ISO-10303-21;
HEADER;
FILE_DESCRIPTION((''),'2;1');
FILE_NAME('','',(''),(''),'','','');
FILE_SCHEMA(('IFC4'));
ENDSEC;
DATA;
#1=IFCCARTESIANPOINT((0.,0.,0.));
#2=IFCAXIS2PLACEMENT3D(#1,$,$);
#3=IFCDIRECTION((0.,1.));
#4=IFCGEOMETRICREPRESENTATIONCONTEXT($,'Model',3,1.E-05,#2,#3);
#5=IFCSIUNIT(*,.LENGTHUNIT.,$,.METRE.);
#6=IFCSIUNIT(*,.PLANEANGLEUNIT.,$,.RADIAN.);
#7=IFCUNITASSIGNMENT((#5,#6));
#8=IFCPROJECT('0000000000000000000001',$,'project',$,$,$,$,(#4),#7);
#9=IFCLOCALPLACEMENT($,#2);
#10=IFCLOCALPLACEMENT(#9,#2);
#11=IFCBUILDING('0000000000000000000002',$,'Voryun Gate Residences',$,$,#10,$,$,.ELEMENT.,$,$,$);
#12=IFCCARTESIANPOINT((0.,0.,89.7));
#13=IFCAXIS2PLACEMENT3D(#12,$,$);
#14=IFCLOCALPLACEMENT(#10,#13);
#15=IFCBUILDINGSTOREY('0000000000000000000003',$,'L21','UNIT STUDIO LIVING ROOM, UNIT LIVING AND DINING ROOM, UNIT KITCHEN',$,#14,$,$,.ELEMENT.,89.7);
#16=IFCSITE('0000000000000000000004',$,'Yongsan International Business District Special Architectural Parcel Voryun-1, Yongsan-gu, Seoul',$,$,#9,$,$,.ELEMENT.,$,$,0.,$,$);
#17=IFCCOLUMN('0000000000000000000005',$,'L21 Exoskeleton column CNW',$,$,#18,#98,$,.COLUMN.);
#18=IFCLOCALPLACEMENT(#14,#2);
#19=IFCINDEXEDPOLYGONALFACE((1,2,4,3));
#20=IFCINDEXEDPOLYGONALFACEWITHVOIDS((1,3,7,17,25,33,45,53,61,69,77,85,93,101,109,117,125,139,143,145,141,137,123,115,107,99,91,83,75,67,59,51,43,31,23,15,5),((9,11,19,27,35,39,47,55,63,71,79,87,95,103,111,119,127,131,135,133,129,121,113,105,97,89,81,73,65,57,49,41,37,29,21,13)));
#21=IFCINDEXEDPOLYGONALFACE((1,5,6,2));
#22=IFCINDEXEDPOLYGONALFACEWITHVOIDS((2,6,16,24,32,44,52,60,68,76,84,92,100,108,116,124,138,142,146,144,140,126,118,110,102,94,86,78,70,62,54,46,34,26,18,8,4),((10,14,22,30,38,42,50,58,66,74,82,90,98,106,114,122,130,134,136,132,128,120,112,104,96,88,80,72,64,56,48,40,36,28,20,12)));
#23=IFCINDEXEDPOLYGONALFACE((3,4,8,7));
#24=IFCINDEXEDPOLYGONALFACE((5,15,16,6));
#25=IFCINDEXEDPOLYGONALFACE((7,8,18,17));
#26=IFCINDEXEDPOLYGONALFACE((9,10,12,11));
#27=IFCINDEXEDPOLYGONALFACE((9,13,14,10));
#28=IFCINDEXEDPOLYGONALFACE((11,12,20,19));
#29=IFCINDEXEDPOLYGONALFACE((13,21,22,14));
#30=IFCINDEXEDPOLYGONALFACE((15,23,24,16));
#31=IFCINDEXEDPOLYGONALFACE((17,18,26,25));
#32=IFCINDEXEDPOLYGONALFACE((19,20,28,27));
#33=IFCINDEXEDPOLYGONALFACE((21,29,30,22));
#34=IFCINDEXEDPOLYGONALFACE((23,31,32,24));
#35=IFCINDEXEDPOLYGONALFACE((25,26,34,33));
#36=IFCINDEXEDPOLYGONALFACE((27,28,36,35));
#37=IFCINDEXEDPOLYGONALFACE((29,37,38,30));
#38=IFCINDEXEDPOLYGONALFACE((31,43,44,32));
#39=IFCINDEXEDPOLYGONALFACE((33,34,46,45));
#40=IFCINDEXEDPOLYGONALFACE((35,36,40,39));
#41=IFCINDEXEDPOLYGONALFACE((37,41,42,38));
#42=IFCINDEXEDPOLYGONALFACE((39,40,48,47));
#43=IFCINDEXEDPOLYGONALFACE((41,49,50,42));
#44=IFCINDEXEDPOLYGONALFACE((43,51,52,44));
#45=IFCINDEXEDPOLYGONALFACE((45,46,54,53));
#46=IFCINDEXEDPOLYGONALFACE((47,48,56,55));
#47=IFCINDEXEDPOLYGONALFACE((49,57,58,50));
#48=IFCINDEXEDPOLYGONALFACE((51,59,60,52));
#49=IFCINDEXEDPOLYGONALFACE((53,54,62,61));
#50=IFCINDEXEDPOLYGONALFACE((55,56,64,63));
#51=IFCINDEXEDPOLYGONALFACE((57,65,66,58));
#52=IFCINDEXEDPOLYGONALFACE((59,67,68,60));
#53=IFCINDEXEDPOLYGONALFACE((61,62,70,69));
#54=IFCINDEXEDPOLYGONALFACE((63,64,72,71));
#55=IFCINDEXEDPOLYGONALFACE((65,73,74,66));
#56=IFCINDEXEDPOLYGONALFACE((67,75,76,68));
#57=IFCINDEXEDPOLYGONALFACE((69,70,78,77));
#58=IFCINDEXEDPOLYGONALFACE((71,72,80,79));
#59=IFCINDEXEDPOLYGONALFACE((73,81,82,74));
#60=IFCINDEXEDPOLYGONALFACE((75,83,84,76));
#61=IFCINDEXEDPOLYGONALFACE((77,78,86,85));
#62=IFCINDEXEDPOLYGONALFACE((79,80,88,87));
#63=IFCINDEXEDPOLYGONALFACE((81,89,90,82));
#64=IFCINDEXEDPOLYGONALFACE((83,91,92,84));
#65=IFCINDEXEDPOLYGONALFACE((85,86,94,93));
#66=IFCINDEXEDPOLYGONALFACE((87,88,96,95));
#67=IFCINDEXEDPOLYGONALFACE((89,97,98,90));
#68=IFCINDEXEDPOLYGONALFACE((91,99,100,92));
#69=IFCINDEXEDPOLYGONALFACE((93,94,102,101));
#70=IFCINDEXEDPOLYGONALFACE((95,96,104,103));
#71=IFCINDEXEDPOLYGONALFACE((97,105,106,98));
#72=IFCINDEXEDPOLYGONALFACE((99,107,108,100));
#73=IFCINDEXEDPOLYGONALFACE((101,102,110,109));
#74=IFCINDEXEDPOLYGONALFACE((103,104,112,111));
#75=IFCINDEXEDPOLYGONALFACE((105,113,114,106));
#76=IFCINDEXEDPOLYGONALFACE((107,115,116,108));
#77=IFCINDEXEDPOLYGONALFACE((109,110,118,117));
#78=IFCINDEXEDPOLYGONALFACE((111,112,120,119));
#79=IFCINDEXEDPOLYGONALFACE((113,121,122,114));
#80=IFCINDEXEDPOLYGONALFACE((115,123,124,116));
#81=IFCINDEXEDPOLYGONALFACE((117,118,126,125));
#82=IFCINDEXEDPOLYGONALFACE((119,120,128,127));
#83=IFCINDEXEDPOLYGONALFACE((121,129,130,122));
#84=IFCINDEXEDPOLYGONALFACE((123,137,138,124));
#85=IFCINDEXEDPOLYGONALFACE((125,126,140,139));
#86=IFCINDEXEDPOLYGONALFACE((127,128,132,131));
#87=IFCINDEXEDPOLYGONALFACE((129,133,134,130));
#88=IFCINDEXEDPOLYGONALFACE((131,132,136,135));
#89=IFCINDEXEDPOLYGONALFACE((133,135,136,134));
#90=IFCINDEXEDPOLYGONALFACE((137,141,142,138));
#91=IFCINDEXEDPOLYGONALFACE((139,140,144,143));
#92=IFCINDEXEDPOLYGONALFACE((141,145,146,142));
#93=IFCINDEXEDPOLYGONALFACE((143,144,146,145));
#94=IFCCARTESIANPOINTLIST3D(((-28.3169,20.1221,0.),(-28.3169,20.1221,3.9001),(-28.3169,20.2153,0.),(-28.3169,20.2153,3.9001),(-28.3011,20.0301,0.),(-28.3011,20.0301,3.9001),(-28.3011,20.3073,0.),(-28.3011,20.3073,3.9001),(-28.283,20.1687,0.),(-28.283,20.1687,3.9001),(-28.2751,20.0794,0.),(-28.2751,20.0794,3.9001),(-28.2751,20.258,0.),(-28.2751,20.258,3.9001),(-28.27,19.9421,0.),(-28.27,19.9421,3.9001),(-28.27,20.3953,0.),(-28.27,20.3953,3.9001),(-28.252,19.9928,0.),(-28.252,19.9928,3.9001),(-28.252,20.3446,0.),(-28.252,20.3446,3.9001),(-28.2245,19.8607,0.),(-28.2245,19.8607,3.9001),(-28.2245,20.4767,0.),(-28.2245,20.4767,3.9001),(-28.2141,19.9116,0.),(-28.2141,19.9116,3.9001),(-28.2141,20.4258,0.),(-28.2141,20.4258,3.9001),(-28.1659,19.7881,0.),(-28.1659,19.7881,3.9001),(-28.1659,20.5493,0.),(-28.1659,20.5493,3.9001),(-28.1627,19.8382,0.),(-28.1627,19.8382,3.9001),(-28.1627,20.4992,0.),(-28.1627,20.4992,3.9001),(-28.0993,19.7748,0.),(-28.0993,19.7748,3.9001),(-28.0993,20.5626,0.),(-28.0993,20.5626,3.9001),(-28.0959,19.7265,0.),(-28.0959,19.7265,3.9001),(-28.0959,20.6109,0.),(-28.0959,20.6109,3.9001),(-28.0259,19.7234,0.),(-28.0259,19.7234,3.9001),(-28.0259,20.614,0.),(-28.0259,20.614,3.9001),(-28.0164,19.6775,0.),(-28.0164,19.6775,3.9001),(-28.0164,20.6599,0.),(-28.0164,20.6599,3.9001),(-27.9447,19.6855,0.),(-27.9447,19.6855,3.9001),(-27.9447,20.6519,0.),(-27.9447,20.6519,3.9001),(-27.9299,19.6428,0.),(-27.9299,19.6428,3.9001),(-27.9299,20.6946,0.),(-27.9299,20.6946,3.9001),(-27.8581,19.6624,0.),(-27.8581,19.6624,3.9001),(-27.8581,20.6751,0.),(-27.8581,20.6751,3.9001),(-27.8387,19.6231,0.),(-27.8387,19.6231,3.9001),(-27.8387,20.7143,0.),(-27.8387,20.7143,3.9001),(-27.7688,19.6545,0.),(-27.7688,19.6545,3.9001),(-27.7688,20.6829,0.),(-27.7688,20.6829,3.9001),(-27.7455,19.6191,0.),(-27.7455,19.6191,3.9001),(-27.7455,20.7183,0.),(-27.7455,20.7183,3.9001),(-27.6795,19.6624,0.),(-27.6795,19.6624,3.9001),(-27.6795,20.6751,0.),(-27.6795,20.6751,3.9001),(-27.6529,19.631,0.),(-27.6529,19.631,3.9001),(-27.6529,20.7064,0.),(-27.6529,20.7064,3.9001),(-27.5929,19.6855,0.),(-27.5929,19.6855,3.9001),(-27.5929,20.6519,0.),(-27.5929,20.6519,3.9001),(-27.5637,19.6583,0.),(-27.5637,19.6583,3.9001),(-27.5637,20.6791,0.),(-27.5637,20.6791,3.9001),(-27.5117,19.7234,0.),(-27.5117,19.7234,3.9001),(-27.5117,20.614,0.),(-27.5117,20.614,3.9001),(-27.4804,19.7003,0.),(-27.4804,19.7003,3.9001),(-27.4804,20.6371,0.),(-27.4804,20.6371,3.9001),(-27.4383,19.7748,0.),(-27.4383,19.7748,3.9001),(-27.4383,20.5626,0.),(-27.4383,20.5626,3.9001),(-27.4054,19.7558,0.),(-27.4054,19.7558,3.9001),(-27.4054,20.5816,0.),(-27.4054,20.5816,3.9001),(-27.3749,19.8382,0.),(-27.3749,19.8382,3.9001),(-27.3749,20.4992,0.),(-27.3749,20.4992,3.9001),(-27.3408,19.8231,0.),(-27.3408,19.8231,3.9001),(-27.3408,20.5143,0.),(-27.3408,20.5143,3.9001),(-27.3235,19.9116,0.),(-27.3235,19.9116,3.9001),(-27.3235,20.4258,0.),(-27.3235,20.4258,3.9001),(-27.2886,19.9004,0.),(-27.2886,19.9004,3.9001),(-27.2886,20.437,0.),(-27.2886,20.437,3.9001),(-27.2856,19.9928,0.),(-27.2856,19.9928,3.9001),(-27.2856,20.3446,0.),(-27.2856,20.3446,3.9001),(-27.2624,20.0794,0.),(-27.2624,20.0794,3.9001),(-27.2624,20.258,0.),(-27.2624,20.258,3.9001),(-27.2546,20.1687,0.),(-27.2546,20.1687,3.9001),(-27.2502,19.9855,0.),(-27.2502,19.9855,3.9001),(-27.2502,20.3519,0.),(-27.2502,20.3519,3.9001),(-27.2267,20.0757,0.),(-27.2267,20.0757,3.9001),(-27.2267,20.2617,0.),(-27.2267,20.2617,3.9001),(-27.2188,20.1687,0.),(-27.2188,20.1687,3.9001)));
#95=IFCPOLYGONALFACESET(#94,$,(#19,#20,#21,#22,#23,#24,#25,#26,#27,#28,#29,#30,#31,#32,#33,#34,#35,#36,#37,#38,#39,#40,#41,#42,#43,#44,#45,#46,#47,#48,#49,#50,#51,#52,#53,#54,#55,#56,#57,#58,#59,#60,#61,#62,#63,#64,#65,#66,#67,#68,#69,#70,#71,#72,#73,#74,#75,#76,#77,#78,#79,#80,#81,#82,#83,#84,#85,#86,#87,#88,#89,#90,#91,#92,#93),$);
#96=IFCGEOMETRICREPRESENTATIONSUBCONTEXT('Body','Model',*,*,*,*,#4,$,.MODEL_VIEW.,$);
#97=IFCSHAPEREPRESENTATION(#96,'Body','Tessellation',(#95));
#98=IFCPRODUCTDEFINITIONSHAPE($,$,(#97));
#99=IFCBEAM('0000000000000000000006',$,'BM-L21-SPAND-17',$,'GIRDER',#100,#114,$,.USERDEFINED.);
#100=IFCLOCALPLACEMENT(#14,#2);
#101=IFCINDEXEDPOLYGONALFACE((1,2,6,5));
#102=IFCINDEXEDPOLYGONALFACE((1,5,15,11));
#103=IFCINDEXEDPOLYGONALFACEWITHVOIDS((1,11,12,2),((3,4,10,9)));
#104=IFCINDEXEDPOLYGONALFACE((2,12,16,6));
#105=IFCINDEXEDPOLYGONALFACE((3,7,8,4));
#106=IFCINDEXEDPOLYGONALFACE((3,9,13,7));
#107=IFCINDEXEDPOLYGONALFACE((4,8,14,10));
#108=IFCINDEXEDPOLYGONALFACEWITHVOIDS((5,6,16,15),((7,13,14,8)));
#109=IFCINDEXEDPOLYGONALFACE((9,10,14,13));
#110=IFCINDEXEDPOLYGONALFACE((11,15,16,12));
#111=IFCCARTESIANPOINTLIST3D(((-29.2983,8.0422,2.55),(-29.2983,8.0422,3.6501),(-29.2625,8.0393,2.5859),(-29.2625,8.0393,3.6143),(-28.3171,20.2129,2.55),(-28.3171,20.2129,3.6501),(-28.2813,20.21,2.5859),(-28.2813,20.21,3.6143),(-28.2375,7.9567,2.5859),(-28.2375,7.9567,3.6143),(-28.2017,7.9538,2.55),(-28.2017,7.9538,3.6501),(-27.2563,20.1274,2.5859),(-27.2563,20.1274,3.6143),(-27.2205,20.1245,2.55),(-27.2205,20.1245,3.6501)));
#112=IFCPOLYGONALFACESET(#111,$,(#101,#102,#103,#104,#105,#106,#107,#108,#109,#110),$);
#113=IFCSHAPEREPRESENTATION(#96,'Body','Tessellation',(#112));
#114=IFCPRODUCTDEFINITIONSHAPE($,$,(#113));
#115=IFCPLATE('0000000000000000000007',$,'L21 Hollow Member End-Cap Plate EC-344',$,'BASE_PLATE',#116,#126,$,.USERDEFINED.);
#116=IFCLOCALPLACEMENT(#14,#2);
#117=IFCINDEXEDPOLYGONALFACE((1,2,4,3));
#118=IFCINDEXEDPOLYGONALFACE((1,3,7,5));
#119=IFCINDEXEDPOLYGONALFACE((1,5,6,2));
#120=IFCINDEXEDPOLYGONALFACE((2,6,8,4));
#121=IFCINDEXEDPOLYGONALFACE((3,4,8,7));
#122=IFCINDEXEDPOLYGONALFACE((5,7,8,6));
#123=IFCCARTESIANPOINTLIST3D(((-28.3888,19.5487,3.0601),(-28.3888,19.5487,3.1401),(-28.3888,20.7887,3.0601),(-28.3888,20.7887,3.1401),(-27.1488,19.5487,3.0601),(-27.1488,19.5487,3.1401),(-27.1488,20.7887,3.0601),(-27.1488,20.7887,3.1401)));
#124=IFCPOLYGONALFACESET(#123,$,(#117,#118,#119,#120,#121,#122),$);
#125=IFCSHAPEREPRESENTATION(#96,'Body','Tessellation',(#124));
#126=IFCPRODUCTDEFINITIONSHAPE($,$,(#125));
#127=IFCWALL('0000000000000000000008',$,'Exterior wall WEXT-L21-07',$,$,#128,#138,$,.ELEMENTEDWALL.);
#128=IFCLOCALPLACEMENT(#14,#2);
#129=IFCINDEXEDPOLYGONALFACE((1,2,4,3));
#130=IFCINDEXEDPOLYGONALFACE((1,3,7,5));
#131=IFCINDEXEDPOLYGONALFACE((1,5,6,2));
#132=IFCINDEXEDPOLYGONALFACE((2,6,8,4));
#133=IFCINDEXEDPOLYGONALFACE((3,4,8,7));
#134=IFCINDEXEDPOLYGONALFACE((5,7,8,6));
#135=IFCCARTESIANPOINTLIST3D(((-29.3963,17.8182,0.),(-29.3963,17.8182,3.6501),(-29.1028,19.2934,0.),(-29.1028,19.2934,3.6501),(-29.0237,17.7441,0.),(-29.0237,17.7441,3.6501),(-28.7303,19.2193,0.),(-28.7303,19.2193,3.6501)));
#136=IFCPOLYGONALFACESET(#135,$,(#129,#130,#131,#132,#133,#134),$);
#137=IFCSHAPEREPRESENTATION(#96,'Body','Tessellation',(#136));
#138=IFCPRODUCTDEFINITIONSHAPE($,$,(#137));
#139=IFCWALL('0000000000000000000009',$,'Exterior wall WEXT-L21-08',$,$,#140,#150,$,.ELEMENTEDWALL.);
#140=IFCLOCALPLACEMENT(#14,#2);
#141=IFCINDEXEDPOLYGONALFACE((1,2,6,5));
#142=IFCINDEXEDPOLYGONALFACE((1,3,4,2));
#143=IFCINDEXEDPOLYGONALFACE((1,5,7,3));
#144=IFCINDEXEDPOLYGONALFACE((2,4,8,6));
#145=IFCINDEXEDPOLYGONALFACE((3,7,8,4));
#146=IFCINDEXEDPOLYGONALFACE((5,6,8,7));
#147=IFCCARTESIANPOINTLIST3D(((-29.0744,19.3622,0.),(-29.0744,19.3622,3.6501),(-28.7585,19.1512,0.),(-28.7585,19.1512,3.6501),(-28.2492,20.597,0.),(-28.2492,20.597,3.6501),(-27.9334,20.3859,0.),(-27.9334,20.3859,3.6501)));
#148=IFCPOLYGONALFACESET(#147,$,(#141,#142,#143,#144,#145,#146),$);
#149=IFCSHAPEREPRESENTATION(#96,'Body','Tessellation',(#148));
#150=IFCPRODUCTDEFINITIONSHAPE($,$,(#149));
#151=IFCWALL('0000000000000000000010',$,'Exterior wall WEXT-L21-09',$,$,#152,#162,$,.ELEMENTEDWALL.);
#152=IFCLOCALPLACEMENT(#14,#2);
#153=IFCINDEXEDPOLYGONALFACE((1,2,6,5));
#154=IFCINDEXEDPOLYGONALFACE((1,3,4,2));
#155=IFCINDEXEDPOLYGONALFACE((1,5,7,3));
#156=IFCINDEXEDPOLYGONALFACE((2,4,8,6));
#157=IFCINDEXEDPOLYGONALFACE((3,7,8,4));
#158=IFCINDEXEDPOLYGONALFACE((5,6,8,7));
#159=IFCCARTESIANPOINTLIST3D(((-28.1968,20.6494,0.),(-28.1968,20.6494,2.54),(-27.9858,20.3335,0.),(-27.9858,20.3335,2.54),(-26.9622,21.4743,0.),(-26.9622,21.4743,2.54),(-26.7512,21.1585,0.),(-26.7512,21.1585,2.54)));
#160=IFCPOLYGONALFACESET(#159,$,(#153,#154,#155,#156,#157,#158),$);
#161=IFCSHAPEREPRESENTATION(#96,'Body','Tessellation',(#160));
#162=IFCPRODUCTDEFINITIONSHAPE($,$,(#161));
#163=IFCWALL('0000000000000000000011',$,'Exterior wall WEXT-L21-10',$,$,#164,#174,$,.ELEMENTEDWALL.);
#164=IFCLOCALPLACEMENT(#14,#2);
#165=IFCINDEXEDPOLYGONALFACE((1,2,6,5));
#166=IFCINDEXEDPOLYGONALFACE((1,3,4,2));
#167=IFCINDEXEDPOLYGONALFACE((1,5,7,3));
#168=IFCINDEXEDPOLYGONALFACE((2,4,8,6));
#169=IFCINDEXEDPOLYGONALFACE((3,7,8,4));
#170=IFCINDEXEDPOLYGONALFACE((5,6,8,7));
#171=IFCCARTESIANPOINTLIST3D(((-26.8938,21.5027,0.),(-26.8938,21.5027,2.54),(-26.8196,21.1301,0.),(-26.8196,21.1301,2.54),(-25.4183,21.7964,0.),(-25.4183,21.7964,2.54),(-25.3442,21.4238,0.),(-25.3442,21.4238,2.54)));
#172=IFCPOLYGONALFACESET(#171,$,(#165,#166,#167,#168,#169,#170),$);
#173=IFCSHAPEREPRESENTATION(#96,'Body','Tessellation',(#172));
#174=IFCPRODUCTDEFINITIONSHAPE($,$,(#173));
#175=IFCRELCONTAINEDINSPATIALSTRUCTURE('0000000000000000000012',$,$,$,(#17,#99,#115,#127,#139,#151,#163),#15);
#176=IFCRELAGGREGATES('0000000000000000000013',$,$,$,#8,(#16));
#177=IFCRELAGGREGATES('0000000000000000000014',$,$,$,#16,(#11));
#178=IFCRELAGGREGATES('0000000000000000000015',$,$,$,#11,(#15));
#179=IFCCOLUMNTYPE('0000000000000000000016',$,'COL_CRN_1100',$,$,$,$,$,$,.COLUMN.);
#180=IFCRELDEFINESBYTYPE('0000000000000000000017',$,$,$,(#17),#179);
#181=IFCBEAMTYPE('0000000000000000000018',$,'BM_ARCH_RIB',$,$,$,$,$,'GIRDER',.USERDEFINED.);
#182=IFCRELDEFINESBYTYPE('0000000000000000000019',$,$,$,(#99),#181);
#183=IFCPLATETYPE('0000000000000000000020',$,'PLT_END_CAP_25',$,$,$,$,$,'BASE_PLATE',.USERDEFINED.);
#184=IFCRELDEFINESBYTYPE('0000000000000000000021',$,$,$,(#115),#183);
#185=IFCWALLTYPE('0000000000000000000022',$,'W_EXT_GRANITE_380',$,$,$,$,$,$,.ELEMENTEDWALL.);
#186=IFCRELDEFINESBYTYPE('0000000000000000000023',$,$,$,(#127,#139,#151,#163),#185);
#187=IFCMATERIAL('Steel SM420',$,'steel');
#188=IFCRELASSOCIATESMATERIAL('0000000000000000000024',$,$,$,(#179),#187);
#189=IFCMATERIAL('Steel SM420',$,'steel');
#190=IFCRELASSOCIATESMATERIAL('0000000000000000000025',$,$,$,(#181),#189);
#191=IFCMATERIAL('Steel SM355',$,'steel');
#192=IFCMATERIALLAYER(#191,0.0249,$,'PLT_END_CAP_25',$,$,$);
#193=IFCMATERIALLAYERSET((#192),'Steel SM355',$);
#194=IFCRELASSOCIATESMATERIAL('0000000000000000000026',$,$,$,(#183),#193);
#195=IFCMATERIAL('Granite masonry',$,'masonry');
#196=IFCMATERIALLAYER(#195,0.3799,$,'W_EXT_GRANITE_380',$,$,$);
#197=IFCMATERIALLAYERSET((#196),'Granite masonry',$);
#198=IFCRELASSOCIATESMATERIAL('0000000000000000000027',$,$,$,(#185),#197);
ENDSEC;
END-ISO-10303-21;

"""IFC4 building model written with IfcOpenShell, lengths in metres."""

from ifc_helpers import new_model, si_unit, direction, frame, frame_2d, origin, origin_2d, place, context, subcontext, project, spatial, rectangle, hollow_rectangle, hollow_circle, extrude, material, layer, layer_set, material_profile, profile_set, type_object, element, save


model = new_model("IFC4")

# Units and contexts
model_context = context("Model", 3, precision=1e-05, world=origin(), true_north=direction((0.0, 1.0)))
body_context = subcontext(model_context, "Body", "Model", "MODEL_VIEW")
ifc_project = project(units=[si_unit("LENGTHUNIT", "METRE"), si_unit("PLANEANGLEUNIT", "RADIAN")], contexts=[model_context])

# Site, building, storey
site_placement = place(None, origin())
site = spatial("IfcSite", under=ifc_project, at=site_placement, Name="Yongsan International Business District Special Architectural Parcel Voryun-1, Yongsan-gu, Seoul", CompositionType="ELEMENT", RefElevation=0.0)
building_placement = place(site_placement, origin())
building = spatial("IfcBuilding", under=site, at=building_placement, Name="Voryun Gate Residences", CompositionType="ELEMENT")
storey_placement = place(building_placement, frame((0.0, 0.0, 89.7)))
storey = spatial("IfcBuildingStorey", under=building, at=storey_placement, Name="L21", Description="UNIT STUDIO LIVING ROOM, UNIT LIVING AND DINING ROOM, UNIT KITCHEN", CompositionType="ELEMENT", Elevation=89.7)

# Column
ifc_material_1 = material(Name="Steel SM420", Category="steel")
ifc_material_profile_1 = material_profile(ifc_material_1, hollow_circle(Radius=0.55, WallThickness=0.0359, at=origin_2d()), Name="CHS-1100x36")
ifc_profile_set_1 = profile_set([ifc_material_profile_1], Name="Steel SM420")
column_type = type_object("IfcColumnType", Name="COL_CRN_1100", PredefinedType="COLUMN", material=ifc_profile_set_1)
column_placement = place(storey_placement, frame((-27.7688, 20.1687, 0.0), z_axis=(0.0, 0.0, 1.0), x_axis=(1.0, 0.0, 0.0)))
element("IfcColumn", 1, at=column_placement, inside=storey, type_object=column_type, Name="L21 Exoskeleton column CNW", PredefinedType="COLUMN", context=body_context, shape_type="SweptSolid", body=[
    extrude(hollow_circle(Radius=0.55, WallThickness=0.0359, at=origin_2d()), origin(), (0.0, 0.0, 1.0), 3.9001),
])

# Beam
ifc_material_2 = material(Name="Steel SM420", Category="steel")
ifc_material_profile_2 = material_profile(ifc_material_2, hollow_rectangle(XDim=1.1001, YDim=1.1001, WallThickness=0.0359, at=origin_2d()), Name="BOX-1100x1100x36")
ifc_profile_set_2 = profile_set([ifc_material_profile_2], Name="Steel SM420")
beam_type = type_object("IfcBeamType", Name="BM_ARCH_RIB", ElementType="GIRDER", PredefinedType="USERDEFINED", material=ifc_profile_set_2)
beam_placement = place(storey_placement, frame((-27.7688, 20.1687, 3.1001), z_axis=(-0.08036, -0.996766, 0.0), x_axis=(0.996766, -0.08036, 0.0)))
element("IfcBeam", 2, at=beam_placement, inside=storey, type_object=beam_type, Name="BM-L21-SPAND-17", ObjectType="GIRDER", PredefinedType="USERDEFINED", context=body_context, shape_type="SweptSolid", body=[
    extrude(hollow_rectangle(XDim=1.1001, YDim=1.1001, WallThickness=0.0359, at=origin_2d()), origin(), (0.0, 0.0, 1.0), 12.2102),
])

# Plate
ifc_material_3 = material(Name="Steel SM355", Category="steel")
ifc_layer_1 = layer(ifc_material_3, 0.0249, Name="PLT_END_CAP_25")
ifc_layer_set_1 = layer_set([ifc_layer_1], Name="Steel SM355")
plate_type = type_object("IfcPlateType", Name="PLT_END_CAP_25", ElementType="BASE_PLATE", PredefinedType="USERDEFINED", material=ifc_layer_set_1)
plate_placement = place(storey_placement, frame((-27.7688, 20.1687, 3.0601), z_axis=(0.0, 0.0, 1.0), x_axis=(1.0, 0.0, 0.0)))
element("IfcPlate", 3, at=plate_placement, inside=storey, type_object=plate_type, Name="L21 Hollow Member End-Cap Plate EC-344", ObjectType="BASE_PLATE", PredefinedType="USERDEFINED", context=body_context, shape_type="SweptSolid", body=[
    extrude(rectangle(XDim=1.24, YDim=1.24, at=origin_2d()), origin(), (0.0, 0.0, 1.0), 0.0801),
])

# Walls
ifc_material_4 = material(Name="Granite masonry", Category="masonry")
ifc_layer_2 = layer(ifc_material_4, 0.3799, Name="W_EXT_GRANITE_380")
ifc_layer_set_2 = layer_set([ifc_layer_2], Name="Granite masonry")
wall_type_1 = type_object("IfcWallType", Name="W_EXT_GRANITE_380", PredefinedType="ELEMENTEDWALL", material=ifc_layer_set_2)
wall_1_placement = place(storey_placement, frame((-29.21, 17.7812, 0.0), z_axis=(0.0, 0.0, 1.0), x_axis=(0.195086, 0.980786, 0.0)))
element("IfcWall", 4, at=wall_1_placement, inside=storey, type_object=wall_type_1, Name="Exterior wall WEXT-L21-07", PredefinedType="ELEMENTEDWALL", context=body_context, shape_type="SweptSolid", body=[
    extrude(rectangle(XDim=1.5042, YDim=0.3799, at=frame_2d((0.752, 0.0))), origin(), (0.0, 0.0, 1.0), 3.6501),
])
wall_2_placement = place(storey_placement, frame((-28.9165, 19.2566, 0.0), z_axis=(0.0, 0.0, 1.0), x_axis=(0.55561, 0.831443, 0.0)))
element("IfcWall", 5, at=wall_2_placement, inside=storey, type_object=wall_type_1, Name="Exterior wall WEXT-L21-08", PredefinedType="ELEMENTEDWALL", context=body_context, shape_type="SweptSolid", body=[
    extrude(rectangle(XDim=1.4851, YDim=0.3799, at=frame_2d((0.7427, 0.0))), origin(), (0.0, 0.0, 1.0), 3.6501),
])
wall_3_placement = place(storey_placement, frame((-28.0913, 20.4915, 0.0), z_axis=(0.0, 0.0, 1.0), x_axis=(0.831468, 0.555573, 0.0)))
element("IfcWall", 6, at=wall_3_placement, inside=storey, type_object=wall_type_1, Name="Exterior wall WEXT-L21-09", PredefinedType="ELEMENTEDWALL", context=body_context, shape_type="SweptSolid", body=[
    extrude(rectangle(XDim=1.4849, YDim=0.3799, at=frame_2d((0.7424, 0.0))), origin(), (0.0, 0.0, 1.0), 2.54),
])
wall_4_placement = place(storey_placement, frame((-26.8567, 21.3164, 0.0), z_axis=(0.0, 0.0, 1.0), x_axis=(0.980755, 0.195242, 0.0)))
element("IfcWall", 7, at=wall_4_placement, inside=storey, type_object=wall_type_1, Name="Exterior wall WEXT-L21-10", PredefinedType="ELEMENTEDWALL", context=body_context, shape_type="SweptSolid", body=[
    extrude(rectangle(XDim=1.5044, YDim=0.3799, at=frame_2d((0.7522, 0.0))), origin(), (0.0, 0.0, 1.0), 2.54),
])

save(model, "model.ifc")
